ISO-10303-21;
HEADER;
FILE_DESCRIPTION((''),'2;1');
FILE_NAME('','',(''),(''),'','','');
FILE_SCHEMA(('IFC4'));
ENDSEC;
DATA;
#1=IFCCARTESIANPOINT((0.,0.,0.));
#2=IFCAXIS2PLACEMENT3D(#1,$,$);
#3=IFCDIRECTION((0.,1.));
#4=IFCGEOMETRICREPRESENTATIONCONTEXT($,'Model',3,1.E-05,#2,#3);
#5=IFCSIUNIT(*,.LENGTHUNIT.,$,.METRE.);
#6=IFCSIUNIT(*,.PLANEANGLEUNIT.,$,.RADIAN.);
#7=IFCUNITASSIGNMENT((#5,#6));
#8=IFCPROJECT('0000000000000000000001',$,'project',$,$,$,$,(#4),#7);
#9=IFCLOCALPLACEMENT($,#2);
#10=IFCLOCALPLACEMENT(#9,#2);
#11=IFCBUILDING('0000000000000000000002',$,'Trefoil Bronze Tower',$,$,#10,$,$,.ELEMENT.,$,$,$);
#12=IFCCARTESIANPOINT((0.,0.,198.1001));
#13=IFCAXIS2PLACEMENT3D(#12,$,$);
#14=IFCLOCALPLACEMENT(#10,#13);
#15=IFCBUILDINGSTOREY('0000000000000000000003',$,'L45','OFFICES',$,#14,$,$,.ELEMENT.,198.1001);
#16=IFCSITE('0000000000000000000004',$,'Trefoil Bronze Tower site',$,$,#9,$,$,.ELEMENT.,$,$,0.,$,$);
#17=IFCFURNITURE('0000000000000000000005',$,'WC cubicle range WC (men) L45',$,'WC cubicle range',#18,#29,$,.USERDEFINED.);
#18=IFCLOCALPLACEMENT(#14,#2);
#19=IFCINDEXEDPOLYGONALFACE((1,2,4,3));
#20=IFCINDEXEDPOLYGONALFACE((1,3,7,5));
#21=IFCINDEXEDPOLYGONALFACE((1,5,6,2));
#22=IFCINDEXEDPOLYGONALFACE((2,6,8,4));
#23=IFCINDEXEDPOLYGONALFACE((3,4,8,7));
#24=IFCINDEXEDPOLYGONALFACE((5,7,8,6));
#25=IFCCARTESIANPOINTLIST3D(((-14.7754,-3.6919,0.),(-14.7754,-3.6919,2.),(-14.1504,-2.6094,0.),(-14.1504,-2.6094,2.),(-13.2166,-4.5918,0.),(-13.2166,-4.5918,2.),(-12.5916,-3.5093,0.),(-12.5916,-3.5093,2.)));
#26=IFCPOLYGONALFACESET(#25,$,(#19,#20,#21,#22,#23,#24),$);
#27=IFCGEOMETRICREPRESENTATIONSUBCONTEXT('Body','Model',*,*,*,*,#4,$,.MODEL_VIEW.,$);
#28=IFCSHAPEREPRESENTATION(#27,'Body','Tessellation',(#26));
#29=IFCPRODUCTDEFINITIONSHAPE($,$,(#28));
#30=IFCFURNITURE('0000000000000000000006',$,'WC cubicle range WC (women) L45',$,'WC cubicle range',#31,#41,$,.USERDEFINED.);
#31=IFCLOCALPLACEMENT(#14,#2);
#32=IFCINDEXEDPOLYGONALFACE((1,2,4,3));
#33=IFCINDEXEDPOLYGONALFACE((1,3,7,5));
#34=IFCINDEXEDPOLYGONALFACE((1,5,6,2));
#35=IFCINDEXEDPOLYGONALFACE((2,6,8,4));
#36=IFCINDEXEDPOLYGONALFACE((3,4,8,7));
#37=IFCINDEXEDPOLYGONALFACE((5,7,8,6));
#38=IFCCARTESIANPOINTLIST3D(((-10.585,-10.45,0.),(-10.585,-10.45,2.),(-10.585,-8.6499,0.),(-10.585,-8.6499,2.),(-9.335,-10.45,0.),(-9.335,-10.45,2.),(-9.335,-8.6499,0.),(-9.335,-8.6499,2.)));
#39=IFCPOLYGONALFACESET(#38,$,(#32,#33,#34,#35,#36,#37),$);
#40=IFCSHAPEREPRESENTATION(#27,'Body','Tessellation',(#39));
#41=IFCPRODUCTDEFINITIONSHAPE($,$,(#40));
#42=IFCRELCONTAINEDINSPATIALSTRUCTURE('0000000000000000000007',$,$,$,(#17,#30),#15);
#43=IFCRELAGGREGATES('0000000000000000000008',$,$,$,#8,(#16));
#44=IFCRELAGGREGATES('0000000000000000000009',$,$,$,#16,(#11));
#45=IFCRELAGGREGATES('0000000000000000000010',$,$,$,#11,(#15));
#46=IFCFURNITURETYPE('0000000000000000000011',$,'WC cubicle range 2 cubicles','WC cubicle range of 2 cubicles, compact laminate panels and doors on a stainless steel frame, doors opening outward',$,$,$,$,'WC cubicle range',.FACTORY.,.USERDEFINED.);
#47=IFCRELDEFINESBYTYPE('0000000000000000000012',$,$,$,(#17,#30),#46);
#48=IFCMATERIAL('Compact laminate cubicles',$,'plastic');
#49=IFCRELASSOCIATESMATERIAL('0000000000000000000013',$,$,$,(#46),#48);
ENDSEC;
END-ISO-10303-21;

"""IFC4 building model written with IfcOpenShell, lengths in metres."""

from ifc_helpers import new_model, si_unit, direction, frame, origin, place, context, subcontext, project, spatial, polyline, outline, extrude, material, type_object, element, save


model = new_model("IFC4")

# Units and contexts
model_context = context("Model", 3, precision=1e-05, world=origin(), true_north=direction((0.0, 1.0)))
body_context = subcontext(model_context, "Body", "Model", "MODEL_VIEW")
ifc_project = project(units=[si_unit("LENGTHUNIT", "METRE"), si_unit("PLANEANGLEUNIT", "RADIAN")], contexts=[model_context])

# Site, building, storey
site_placement = place(None, origin())
site = spatial("IfcSite", under=ifc_project, at=site_placement, Name="Trefoil Bronze Tower site", CompositionType="ELEMENT", RefElevation=0.0)
building_placement = place(site_placement, origin())
building = spatial("IfcBuilding", under=site, at=building_placement, Name="Trefoil Bronze Tower", CompositionType="ELEMENT")
storey_placement = place(building_placement, frame((0.0, 0.0, 198.1001)))
storey = spatial("IfcBuildingStorey", under=building, at=storey_placement, Name="L45", Description="OFFICES", CompositionType="ELEMENT", Elevation=198.1001)

# Furniture
ifc_material_1 = material(Name="Compact laminate cubicles", Category="plastic")
furniture_type = type_object("IfcFurnitureType", Name="WC cubicle range 2 cubicles", Description="WC cubicle range of 2 cubicles, compact laminate panels and doors on a stainless steel frame, doors opening outward", ElementType="WC cubicle range", AssemblyPlace="FACTORY", PredefinedType="USERDEFINED", material=ifc_material_1)
furniture_1_placement = place(storey_placement, origin())
element("IfcFurniture", 1, at=furniture_1_placement, inside=storey, type_object=furniture_type, Name="WC cubicle range WC (men) L45", ObjectType="WC cubicle range", PredefinedType="USERDEFINED", context=body_context, shape_type="SweptSolid", body=[
    extrude(outline(polyline([(-12.5916, -3.5093), (-13.2166, -4.5918), (-14.7754, -3.6919), (-14.1504, -2.6094), (-12.5916, -3.5093)])), origin(), (0.0, 0.0, 1.0), 2.0),
])
furniture_2_placement = place(storey_placement, origin())
element("IfcFurniture", 2, at=furniture_2_placement, inside=storey, type_object=furniture_type, Name="WC cubicle range WC (women) L45", ObjectType="WC cubicle range", PredefinedType="USERDEFINED", context=body_context, shape_type="SweptSolid", body=[
    extrude(outline(polyline([(-9.335, -8.6499), (-10.585, -8.6499), (-10.585, -10.45), (-9.335, -10.45), (-9.335, -8.6499)])), origin(), (0.0, 0.0, 1.0), 2.0),
])

save(model, "model.ifc")
